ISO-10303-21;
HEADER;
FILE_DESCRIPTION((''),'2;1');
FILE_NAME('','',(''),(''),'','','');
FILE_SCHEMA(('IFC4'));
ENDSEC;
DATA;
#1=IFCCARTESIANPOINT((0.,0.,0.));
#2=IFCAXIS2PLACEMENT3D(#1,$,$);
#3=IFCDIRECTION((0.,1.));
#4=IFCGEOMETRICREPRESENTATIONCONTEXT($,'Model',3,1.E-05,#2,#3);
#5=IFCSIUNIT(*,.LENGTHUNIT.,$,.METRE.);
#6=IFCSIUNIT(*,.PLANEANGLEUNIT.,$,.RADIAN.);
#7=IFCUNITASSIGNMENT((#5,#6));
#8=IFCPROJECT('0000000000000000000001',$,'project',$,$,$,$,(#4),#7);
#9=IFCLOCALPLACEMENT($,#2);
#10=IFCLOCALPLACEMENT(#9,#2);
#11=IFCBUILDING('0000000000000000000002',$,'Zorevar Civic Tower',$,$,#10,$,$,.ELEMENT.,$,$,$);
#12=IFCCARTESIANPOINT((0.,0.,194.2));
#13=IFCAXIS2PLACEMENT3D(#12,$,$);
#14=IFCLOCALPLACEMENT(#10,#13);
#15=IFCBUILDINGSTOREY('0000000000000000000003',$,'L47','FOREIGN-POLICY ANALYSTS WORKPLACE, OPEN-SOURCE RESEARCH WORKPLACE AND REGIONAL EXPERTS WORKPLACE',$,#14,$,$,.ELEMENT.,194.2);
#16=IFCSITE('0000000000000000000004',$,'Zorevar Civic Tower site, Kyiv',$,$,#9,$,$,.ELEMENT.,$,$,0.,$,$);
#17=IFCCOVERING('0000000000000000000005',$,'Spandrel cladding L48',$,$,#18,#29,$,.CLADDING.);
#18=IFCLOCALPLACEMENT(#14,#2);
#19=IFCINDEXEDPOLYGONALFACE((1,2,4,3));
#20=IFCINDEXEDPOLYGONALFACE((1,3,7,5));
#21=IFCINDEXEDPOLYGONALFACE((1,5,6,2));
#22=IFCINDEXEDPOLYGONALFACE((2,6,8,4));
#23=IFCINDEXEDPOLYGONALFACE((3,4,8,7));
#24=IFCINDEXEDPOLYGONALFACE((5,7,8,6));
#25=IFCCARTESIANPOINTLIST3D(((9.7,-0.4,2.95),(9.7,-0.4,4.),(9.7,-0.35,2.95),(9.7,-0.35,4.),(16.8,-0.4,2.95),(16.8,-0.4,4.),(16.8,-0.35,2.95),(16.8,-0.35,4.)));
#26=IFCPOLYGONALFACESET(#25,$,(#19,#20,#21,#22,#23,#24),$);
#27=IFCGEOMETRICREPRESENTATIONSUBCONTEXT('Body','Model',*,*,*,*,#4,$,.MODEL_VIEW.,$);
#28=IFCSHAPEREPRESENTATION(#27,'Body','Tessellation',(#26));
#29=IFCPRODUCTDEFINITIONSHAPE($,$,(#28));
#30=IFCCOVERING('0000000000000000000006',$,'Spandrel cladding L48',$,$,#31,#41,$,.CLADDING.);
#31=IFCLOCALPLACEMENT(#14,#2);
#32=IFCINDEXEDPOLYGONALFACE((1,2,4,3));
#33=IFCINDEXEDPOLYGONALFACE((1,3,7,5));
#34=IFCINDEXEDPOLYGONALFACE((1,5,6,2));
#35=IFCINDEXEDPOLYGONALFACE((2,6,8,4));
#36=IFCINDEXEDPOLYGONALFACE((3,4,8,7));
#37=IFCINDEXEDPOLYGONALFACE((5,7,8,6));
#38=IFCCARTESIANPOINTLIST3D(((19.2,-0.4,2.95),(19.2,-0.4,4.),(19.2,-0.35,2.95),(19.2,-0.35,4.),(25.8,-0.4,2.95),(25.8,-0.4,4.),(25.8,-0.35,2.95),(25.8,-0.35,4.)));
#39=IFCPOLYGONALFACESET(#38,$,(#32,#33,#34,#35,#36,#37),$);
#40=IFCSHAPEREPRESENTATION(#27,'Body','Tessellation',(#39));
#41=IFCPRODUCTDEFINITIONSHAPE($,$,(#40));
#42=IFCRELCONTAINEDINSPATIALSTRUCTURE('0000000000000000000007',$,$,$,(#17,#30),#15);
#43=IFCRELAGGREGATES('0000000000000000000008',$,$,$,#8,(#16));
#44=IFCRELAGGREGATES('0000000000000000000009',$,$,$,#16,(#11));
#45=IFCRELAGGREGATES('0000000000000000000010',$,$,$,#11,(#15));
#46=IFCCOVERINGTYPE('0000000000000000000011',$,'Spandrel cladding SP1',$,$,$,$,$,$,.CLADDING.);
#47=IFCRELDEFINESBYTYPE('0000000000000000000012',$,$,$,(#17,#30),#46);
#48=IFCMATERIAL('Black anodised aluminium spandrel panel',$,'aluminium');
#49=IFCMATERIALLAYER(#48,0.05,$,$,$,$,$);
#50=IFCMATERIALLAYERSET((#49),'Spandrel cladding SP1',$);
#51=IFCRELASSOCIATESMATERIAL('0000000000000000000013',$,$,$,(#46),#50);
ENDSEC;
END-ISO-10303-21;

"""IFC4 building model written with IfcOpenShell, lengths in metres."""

from ifc_helpers import new_model, si_unit, direction, frame, frame_2d, origin, place, context, subcontext, project, spatial, rectangle, extrude, material, layer, layer_set, type_object, element, save


model = new_model("IFC4")

# Units and contexts
model_context = context("Model", 3, precision=1e-05, world=origin(), true_north=direction((0.0, 1.0)))
body_context = subcontext(model_context, "Body", "Model", "MODEL_VIEW")
ifc_project = project(units=[si_unit("LENGTHUNIT", "METRE"), si_unit("PLANEANGLEUNIT", "RADIAN")], contexts=[model_context])

# Site, building, storey
site_placement = place(None, origin())
site = spatial("IfcSite", under=ifc_project, at=site_placement, Name="Zorevar Civic Tower site, Kyiv", CompositionType="ELEMENT", RefElevation=0.0)
building_placement = place(site_placement, origin())
building = spatial("IfcBuilding", under=site, at=building_placement, Name="Zorevar Civic Tower", CompositionType="ELEMENT")
storey_placement = place(building_placement, frame((0.0, 0.0, 194.2)))
storey = spatial("IfcBuildingStorey", under=building, at=storey_placement, Name="L47", Description="FOREIGN-POLICY ANALYSTS WORKPLACE, OPEN-SOURCE RESEARCH WORKPLACE AND REGIONAL EXPERTS WORKPLACE", CompositionType="ELEMENT", Elevation=194.2)

# Coverings
ifc_material_1 = material(Name="Black anodised aluminium spandrel panel", Category="aluminium")
ifc_layer_1 = layer(ifc_material_1, 0.05)
ifc_layer_set_1 = layer_set([ifc_layer_1], Name="Spandrel cladding SP1")
covering_type = type_object("IfcCoveringType", Name="Spandrel cladding SP1", PredefinedType="CLADDING", material=ifc_layer_set_1)
covering_1_placement = place(storey_placement, frame((9.7, -0.375, 2.95), z_axis=(0.0, 0.0, 1.0), x_axis=(1.0, 0.0, 0.0)))
element("IfcCovering", 1, at=covering_1_placement, inside=storey, type_object=covering_type, Name="Spandrel cladding L48", PredefinedType="CLADDING", context=body_context, shape_type="SweptSolid", body=[
    extrude(rectangle(XDim=7.1001, YDim=0.05, at=frame_2d((3.55, 0.0))), origin(), (0.0, 0.0, 1.0), 1.05),
])
covering_2_placement = place(storey_placement, frame((19.2, -0.375, 2.95), z_axis=(0.0, 0.0, 1.0), x_axis=(1.0, 0.0, 0.0)))
element("IfcCovering", 2, at=covering_2_placement, inside=storey, type_object=covering_type, Name="Spandrel cladding L48", PredefinedType="CLADDING", context=body_context, shape_type="SweptSolid", body=[
    extrude(rectangle(XDim=6.6001, YDim=0.05, at=frame_2d((3.3, 0.0))), origin(), (0.0, 0.0, 1.0), 1.05),
])

save(model, "model.ifc")
